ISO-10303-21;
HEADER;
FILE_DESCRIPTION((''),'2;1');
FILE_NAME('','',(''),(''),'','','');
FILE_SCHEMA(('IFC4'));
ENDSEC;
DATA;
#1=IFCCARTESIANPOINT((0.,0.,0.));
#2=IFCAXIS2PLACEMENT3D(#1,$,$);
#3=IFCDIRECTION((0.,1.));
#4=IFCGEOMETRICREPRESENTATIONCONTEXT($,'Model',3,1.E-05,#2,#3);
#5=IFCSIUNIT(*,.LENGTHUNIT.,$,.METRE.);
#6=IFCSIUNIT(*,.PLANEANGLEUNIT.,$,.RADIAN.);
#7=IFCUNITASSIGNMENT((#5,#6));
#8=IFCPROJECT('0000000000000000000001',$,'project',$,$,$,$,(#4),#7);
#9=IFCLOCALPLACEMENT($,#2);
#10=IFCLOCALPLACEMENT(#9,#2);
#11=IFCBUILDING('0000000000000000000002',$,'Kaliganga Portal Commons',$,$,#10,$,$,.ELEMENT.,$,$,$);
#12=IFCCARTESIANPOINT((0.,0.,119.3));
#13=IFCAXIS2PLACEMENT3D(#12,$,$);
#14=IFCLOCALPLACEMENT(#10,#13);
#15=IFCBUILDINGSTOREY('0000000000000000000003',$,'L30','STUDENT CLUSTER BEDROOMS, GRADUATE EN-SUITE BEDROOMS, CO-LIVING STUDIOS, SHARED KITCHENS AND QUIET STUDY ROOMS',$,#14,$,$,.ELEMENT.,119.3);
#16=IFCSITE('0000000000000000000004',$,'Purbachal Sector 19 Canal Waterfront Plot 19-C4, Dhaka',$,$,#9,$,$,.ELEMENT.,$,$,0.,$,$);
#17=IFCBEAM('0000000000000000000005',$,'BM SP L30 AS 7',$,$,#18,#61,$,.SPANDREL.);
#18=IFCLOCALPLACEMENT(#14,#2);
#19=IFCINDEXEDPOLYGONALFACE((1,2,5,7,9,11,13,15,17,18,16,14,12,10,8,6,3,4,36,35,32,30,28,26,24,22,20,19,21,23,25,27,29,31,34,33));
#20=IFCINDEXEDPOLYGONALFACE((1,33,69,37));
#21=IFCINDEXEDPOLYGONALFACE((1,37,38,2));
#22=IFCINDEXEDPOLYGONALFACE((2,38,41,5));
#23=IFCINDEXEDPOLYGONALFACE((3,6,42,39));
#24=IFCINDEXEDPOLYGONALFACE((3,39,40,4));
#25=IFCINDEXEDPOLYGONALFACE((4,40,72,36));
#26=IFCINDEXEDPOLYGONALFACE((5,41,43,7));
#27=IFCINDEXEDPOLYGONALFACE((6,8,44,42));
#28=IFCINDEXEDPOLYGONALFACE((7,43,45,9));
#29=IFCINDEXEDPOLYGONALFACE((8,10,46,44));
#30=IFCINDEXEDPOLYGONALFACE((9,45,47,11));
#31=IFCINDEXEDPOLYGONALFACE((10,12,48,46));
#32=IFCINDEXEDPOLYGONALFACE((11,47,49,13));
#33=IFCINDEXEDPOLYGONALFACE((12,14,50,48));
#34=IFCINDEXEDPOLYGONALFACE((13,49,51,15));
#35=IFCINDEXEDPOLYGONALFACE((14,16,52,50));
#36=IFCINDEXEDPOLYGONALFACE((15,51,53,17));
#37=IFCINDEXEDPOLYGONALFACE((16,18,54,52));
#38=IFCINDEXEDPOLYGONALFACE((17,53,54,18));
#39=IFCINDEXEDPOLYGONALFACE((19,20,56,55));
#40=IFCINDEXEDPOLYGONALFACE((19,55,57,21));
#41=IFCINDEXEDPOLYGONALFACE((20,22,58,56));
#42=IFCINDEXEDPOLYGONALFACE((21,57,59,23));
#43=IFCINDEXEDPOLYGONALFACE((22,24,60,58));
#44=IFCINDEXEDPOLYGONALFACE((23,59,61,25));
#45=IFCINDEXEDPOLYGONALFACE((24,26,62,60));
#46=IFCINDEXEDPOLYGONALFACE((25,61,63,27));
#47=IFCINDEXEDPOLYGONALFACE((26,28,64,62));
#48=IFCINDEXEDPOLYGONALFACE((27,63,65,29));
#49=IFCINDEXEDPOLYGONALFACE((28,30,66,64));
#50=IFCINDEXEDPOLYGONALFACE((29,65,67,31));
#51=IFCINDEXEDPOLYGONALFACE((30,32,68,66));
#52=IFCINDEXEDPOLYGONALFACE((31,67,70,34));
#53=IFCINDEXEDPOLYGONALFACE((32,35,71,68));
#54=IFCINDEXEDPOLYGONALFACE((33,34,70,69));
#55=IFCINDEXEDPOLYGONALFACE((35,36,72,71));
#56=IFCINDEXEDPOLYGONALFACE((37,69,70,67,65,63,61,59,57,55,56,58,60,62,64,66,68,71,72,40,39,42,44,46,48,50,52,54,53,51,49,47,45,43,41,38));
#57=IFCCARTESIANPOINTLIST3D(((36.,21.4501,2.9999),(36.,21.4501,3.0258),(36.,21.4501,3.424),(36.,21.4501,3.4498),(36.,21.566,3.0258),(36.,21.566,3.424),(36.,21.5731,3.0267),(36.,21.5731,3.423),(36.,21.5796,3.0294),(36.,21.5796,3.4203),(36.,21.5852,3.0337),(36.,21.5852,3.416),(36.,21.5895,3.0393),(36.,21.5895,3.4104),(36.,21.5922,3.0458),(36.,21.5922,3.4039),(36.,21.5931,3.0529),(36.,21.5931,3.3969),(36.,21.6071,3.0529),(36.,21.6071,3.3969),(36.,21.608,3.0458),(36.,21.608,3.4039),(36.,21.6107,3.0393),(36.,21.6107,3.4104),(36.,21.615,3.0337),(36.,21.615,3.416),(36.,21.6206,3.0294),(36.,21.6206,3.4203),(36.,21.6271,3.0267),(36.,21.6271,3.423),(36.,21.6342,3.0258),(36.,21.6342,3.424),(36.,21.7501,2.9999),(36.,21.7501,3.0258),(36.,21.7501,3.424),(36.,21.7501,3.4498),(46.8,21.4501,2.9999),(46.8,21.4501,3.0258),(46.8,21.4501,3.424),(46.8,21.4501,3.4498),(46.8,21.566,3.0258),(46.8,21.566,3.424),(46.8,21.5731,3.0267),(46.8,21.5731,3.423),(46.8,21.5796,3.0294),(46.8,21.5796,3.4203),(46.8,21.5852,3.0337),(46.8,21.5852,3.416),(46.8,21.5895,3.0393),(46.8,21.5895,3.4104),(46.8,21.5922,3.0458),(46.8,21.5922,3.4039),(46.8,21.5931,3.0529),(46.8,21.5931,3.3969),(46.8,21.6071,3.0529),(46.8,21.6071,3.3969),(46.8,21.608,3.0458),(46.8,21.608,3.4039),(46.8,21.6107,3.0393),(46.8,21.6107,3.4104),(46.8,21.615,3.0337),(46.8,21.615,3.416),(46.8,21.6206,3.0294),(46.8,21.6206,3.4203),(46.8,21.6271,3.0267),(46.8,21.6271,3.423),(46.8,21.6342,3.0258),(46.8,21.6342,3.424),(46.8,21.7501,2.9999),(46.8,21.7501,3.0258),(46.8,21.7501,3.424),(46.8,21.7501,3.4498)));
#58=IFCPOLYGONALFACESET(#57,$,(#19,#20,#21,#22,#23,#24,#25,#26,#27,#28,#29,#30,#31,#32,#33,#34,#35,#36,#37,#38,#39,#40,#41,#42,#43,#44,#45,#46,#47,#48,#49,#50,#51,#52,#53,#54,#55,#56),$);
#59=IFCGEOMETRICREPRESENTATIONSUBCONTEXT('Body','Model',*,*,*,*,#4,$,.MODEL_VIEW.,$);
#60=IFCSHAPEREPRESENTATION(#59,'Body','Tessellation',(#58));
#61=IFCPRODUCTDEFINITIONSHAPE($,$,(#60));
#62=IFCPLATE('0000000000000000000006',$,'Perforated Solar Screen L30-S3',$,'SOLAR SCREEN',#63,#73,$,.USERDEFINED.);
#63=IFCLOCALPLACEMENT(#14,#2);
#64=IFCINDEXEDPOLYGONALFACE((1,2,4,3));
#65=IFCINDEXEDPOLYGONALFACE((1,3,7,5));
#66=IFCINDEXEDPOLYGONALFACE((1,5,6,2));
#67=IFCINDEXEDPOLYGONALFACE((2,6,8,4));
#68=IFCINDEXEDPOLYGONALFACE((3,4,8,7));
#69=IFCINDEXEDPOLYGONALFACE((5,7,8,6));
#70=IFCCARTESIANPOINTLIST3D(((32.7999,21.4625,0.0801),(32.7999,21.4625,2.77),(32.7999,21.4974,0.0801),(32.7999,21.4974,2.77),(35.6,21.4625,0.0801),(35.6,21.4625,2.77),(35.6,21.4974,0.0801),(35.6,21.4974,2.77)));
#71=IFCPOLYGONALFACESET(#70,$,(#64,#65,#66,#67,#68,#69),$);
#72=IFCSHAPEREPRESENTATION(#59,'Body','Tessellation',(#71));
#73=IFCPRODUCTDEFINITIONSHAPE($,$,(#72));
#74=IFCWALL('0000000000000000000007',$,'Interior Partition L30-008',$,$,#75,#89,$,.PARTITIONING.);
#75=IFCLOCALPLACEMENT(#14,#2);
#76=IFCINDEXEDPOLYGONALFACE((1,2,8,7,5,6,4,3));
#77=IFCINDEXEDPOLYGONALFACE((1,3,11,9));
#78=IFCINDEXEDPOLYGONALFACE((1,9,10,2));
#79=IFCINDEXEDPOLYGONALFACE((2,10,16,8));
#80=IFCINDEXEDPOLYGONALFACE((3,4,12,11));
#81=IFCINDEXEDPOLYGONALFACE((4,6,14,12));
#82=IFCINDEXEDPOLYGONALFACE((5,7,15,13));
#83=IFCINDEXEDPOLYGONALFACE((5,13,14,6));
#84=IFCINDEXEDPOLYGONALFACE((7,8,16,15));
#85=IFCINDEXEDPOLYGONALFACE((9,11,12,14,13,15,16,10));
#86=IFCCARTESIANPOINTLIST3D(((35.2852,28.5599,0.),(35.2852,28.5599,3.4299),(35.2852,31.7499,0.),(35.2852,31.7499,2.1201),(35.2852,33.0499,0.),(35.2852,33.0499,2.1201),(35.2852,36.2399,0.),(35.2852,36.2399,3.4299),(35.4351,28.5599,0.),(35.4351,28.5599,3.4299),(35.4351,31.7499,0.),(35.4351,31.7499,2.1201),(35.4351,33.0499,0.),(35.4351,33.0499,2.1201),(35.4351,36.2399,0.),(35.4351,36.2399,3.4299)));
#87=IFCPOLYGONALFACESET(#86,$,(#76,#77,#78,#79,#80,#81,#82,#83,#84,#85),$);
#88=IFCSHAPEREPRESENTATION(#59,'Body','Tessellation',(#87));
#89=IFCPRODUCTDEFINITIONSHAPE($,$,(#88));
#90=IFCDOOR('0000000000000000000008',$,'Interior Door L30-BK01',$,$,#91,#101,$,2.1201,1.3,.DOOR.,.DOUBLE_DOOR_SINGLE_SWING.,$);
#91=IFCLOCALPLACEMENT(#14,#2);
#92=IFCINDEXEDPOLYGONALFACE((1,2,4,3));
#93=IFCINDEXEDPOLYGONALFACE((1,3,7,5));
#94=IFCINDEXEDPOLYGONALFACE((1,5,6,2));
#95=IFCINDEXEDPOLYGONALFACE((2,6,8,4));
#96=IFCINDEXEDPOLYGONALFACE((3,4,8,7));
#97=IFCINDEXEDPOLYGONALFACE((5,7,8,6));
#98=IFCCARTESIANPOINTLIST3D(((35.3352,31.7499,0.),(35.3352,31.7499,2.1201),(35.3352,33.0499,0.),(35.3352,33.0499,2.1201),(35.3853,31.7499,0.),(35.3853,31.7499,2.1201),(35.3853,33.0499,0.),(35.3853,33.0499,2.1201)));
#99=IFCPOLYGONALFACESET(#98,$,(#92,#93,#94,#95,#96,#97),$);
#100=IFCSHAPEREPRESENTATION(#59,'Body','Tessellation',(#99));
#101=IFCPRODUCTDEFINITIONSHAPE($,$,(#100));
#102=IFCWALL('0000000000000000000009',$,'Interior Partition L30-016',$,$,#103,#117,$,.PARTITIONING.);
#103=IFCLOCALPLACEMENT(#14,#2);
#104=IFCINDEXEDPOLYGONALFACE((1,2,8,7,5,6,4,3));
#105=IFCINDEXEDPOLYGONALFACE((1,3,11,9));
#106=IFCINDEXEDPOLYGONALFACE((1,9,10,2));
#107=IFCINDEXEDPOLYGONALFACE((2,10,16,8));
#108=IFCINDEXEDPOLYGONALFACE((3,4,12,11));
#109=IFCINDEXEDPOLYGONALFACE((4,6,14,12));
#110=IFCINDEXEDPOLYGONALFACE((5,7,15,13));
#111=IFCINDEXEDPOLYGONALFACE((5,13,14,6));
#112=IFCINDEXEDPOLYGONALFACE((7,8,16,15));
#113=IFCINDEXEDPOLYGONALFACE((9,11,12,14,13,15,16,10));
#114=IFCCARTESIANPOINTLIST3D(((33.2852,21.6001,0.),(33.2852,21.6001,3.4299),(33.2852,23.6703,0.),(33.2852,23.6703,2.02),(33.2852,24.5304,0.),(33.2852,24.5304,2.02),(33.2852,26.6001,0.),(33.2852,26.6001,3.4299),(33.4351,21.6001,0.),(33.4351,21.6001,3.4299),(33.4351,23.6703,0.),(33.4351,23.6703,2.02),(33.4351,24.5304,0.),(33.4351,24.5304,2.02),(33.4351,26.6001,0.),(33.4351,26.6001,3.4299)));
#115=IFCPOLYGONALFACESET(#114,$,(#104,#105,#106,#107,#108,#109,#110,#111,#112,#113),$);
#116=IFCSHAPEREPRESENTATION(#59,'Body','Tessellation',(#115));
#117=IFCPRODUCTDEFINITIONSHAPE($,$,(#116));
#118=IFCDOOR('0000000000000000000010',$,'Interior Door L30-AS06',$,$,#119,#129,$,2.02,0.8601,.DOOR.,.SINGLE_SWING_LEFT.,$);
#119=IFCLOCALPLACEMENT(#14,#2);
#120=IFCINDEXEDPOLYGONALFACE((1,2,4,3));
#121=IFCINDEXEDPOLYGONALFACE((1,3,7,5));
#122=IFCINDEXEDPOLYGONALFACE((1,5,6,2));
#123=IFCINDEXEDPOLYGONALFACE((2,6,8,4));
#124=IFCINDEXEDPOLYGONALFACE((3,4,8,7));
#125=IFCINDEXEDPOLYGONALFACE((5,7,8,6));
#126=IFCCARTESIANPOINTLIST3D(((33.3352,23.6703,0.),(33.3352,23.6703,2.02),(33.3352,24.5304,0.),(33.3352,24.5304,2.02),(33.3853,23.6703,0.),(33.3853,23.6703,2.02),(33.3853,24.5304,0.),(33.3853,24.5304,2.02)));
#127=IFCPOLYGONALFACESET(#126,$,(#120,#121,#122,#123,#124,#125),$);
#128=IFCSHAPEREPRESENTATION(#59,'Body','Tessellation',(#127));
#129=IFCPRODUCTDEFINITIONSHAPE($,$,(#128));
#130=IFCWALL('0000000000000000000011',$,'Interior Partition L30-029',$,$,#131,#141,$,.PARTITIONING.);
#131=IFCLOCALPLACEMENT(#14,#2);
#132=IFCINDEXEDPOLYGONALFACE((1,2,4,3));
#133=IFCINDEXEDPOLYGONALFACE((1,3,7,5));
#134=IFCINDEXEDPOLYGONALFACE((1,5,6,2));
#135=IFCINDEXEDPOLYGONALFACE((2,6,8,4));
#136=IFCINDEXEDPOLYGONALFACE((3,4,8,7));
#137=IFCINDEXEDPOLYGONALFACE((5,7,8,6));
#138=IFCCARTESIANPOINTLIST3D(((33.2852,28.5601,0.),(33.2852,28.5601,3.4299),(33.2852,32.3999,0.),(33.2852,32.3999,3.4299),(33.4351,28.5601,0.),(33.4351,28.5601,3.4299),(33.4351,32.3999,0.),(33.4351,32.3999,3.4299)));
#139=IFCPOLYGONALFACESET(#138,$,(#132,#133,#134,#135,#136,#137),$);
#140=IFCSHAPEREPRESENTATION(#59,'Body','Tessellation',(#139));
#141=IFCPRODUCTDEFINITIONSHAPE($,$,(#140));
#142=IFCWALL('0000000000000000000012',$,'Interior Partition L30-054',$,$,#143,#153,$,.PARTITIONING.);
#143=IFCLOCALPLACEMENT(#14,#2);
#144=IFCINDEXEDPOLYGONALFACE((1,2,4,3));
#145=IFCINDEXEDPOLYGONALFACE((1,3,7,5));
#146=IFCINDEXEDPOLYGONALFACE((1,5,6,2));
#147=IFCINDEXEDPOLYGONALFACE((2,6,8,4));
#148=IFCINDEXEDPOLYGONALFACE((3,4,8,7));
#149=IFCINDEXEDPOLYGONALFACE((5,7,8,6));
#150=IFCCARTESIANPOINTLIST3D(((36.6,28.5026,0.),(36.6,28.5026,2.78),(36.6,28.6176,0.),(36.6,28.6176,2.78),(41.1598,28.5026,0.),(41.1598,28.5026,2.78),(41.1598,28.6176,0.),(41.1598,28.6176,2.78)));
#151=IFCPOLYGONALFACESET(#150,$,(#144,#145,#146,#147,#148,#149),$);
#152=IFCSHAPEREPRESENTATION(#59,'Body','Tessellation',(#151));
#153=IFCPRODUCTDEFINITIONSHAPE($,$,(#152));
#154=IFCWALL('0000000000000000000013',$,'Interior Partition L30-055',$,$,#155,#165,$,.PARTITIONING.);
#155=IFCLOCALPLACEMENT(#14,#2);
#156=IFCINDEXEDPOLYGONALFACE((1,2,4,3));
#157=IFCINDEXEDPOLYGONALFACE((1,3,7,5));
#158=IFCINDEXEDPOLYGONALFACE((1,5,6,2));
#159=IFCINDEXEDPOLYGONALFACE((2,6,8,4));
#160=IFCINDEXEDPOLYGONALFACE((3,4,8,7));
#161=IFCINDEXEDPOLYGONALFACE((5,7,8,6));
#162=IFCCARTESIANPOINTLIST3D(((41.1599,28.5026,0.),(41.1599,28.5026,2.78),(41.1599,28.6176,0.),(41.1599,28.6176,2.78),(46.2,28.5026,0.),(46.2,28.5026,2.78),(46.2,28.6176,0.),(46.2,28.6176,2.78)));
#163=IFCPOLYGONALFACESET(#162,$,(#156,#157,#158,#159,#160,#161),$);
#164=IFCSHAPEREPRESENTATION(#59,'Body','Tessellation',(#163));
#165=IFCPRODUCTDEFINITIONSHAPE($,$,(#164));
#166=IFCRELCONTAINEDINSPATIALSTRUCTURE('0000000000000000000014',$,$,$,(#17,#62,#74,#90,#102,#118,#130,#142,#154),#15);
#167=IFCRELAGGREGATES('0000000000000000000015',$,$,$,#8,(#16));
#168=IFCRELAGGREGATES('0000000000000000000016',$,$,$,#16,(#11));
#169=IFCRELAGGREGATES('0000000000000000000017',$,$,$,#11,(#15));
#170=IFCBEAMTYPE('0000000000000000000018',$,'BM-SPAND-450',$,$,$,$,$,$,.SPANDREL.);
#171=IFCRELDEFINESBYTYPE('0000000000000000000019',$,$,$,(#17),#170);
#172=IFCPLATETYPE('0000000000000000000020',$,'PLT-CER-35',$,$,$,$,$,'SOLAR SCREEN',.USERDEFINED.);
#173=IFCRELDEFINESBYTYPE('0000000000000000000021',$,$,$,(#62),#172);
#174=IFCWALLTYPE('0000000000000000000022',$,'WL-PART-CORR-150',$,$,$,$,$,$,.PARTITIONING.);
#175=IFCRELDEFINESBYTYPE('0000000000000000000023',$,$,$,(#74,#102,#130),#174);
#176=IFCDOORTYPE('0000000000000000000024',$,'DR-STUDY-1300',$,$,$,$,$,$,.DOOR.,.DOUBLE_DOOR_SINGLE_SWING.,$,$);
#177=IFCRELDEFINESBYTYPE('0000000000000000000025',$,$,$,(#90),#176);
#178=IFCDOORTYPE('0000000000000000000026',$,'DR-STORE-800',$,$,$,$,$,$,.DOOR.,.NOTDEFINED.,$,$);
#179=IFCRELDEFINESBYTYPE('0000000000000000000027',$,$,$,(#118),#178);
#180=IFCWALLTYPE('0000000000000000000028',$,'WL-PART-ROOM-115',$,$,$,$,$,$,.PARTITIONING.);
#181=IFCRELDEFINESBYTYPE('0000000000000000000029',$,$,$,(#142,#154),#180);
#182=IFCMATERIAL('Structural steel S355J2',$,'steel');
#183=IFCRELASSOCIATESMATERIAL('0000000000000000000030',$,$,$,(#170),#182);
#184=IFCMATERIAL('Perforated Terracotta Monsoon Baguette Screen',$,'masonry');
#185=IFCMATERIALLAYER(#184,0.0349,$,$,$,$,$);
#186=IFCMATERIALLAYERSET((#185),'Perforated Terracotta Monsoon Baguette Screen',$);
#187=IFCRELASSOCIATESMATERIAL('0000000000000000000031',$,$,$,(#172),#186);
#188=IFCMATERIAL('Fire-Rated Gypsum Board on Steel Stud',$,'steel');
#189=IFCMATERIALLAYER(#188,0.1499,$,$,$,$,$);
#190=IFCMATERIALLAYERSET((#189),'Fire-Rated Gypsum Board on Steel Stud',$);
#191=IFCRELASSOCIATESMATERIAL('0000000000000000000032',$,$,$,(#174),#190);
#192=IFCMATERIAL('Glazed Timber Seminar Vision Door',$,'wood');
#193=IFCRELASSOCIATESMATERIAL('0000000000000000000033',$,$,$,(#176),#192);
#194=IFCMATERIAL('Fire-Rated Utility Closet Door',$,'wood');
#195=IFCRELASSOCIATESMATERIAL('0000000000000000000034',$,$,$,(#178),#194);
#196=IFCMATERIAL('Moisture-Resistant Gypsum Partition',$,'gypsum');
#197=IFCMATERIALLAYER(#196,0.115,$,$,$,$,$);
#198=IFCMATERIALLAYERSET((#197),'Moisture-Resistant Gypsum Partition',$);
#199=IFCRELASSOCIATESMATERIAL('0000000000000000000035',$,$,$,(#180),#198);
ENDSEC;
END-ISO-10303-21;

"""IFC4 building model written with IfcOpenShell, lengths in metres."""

from ifc_helpers import new_model, si_unit, direction, frame, frame_2d, origin, origin_2d, place, context, subcontext, project, spatial, rectangle, i_section, extrude, source, transform, mapped, material, layer, layer_set, material_profile, profile_set, type_object, element, fill, save


model = new_model("IFC4")

# Units and contexts
model_context = context("Model", 3, precision=1e-05, world=origin(), true_north=direction((0.0, 1.0)))
body_context = subcontext(model_context, "Body", "Model", "MODEL_VIEW")
ifc_project = project(units=[si_unit("LENGTHUNIT", "METRE"), si_unit("PLANEANGLEUNIT", "RADIAN")], contexts=[model_context])

# Site, building, storey
site_placement = place(None, origin())
site = spatial("IfcSite", under=ifc_project, at=site_placement, Name="Purbachal Sector 19 Canal Waterfront Plot 19-C4, Dhaka", CompositionType="ELEMENT", RefElevation=0.0)
building_placement = place(site_placement, origin())
building = spatial("IfcBuilding", under=site, at=building_placement, Name="Kaliganga Portal Commons", CompositionType="ELEMENT")
storey_placement = place(building_placement, frame((0.0, 0.0, 119.3)))
storey = spatial("IfcBuildingStorey", under=building, at=storey_placement, Name="L30", Description="STUDENT CLUSTER BEDROOMS, GRADUATE EN-SUITE BEDROOMS, CO-LIVING STUDIOS, SHARED KITCHENS AND QUIET STUDY ROOMS", CompositionType="ELEMENT", Elevation=119.3)

# Beam
ifc_material_1 = material(Name="Structural steel S355J2", Category="steel")
ifc_material_profile_1 = material_profile(ifc_material_1, i_section(OverallWidth=0.3, OverallDepth=0.45, WebThickness=0.0139, FlangeThickness=0.0259, FilletRadius=0.0271, at=origin_2d()), Name="HE 450 B")
ifc_profile_set_1 = profile_set([ifc_material_profile_1], Name="Structural steel S355J2 wide-flange")
beam_type_1 = type_object("IfcBeamType", Name="BM-SPAND-450", PredefinedType="SPANDREL", material=ifc_profile_set_1)
shared_shape_1 = source(origin(), body_context, "Body", "SweptSolid", [
    extrude(i_section(OverallWidth=0.3, OverallDepth=0.45, WebThickness=0.0139, FlangeThickness=0.0259, FilletRadius=0.0271, at=origin_2d()), origin(), (0.0, 0.0, 1.0), 10.8),
])
beam_1_placement = place(storey_placement, frame((36.0, 21.6001, 3.2249), z_axis=(1.0, 0.0, 0.0), x_axis=(0.0, 1.0, 0.0)))
element("IfcBeam", 1, at=beam_1_placement, inside=storey, type_object=beam_type_1, Name="BM SP L30 AS 7", PredefinedType="SPANDREL", context=body_context, shape_type="MappedRepresentation", body=[
    mapped(shared_shape_1, transform((0.0, 0.0, 0.0), x_axis=(1.0, 0.0, 0.0), y_axis=(0.0, 1.0, 0.0), z_axis=(0.0, 0.0, 1.0), scale=1.0)),
])

# Plate
ifc_material_2 = material(Name="Perforated Terracotta Monsoon Baguette Screen", Category="masonry")
ifc_layer_1 = layer(ifc_material_2, 0.0349)
ifc_layer_set_1 = layer_set([ifc_layer_1], Name="Perforated Terracotta Monsoon Baguette Screen")
plate_type = type_object("IfcPlateType", Name="PLT-CER-35", ElementType="SOLAR SCREEN", PredefinedType="USERDEFINED", material=ifc_layer_set_1)
shared_shape_2 = source(origin(), body_context, "Body", "SweptSolid", [
    extrude(rectangle(XDim=2.8, YDim=0.0349, at=origin_2d()), origin(), (0.0, 0.0, 1.0), 2.6899),
])
plate_placement = place(storey_placement, frame((34.2, 21.48, 0.0801), z_axis=(0.0, 0.0, 1.0), x_axis=(1.0, 0.0, 0.0)))
element("IfcPlate", 2, at=plate_placement, inside=storey, type_object=plate_type, Name="Perforated Solar Screen L30-S3", ObjectType="SOLAR SCREEN", PredefinedType="USERDEFINED", context=body_context, shape_type="MappedRepresentation", body=[
    mapped(shared_shape_2, transform((0.0, 0.0, 0.0), x_axis=(1.0, 0.0, 0.0), y_axis=(0.0, 1.0, 0.0), z_axis=(0.0, 0.0, 1.0), scale=1.0)),
])

# Walls, openings, doors
ifc_material_3 = material(Name="Fire-Rated Gypsum Board on Steel Stud", Category="steel")
ifc_layer_2 = layer(ifc_material_3, 0.1499)
ifc_layer_set_2 = layer_set([ifc_layer_2], Name="Fire-Rated Gypsum Board on Steel Stud")
wall_type_1 = type_object("IfcWallType", Name="WL-PART-CORR-150", PredefinedType="PARTITIONING", material=ifc_layer_set_2)
wall_1_placement = place(storey_placement, frame((35.3601, 28.5601, 0.0), z_axis=(0.0, 0.0, 1.0), x_axis=(0.0, 1.0, 0.0)))
wall_1 = element("IfcWall", 3, at=wall_1_placement, inside=storey, type_object=wall_type_1, Name="Interior Partition L30-008", PredefinedType="PARTITIONING", context=body_context, shape_type="SweptSolid", body=[
    extrude(rectangle(XDim=7.6799, YDim=0.1499, at=frame_2d((3.8398, 0.0))), origin(), (0.0, 0.0, 1.0), 3.4299),
])
opening_1_placement = place(wall_1_placement, frame((3.1899, 0.0, 0.0)))
opening_1 = element("IfcOpeningElement", 4, at=opening_1_placement, cuts=wall_1, PredefinedType="OPENING", context=body_context, shape_type="SweptSolid", body=[
    extrude(rectangle(XDim=1.3, YDim=2.1201, at=frame_2d((0.6499, 1.0601))), frame((0.0, 0.085, 0.0), z_axis=(0.0, -1.0, 0.0), x_axis=(1.0, 0.0, 0.0)), (0.0, 0.0, 1.0), 0.1699),
])
ifc_material_4 = material(Name="Glazed Timber Seminar Vision Door", Category="wood")
door_type_1 = type_object("IfcDoorType", Name="DR-STUDY-1300", OperationType="DOUBLE_DOOR_SINGLE_SWING", PredefinedType="DOOR", material=ifc_material_4)
door_1_placement = place(opening_1_placement, origin())
door_1 = element("IfcDoor", 5, at=door_1_placement, inside=storey, type_object=door_type_1, Name="Interior Door L30-BK01", OperationType="DOUBLE_DOOR_SINGLE_SWING", OverallHeight=2.1201, OverallWidth=1.3, PredefinedType="DOOR", context=body_context, shape_type="SweptSolid", body=[
    extrude(rectangle(XDim=1.3, YDim=2.1201, at=frame_2d((0.6499, 1.0601))), frame((0.0, 0.0249, 0.0), z_axis=(0.0, -1.0, 0.0), x_axis=(1.0, 0.0, 0.0)), (0.0, 0.0, 1.0), 0.05),
])
fill(opening_1, door_1)
wall_2_placement = place(storey_placement, frame((33.3601, 21.6001, 0.0), z_axis=(0.0, 0.0, 1.0), x_axis=(0.0, 1.0, 0.0)))
wall_2 = element("IfcWall", 6, at=wall_2_placement, inside=storey, type_object=wall_type_1, Name="Interior Partition L30-016", PredefinedType="PARTITIONING", context=body_context, shape_type="SweptSolid", body=[
    extrude(rectangle(XDim=5.0, YDim=0.1499, at=frame_2d((2.5, 0.0))), origin(), (0.0, 0.0, 1.0), 3.4299),
])
opening_2_placement = place(wall_2_placement, frame((2.0701, 0.0, 0.0)))
opening_2 = element("IfcOpeningElement", 7, at=opening_2_placement, cuts=wall_2, PredefinedType="OPENING", context=body_context, shape_type="SweptSolid", body=[
    extrude(rectangle(XDim=0.8601, YDim=2.02, at=frame_2d((0.4302, 1.01))), frame((0.0, 0.085, 0.0), z_axis=(0.0, -1.0, 0.0), x_axis=(1.0, 0.0, 0.0)), (0.0, 0.0, 1.0), 0.1699),
])
ifc_material_5 = material(Name="Fire-Rated Utility Closet Door", Category="wood")
door_type_2 = type_object("IfcDoorType", Name="DR-STORE-800", OperationType="NOTDEFINED", PredefinedType="DOOR", material=ifc_material_5)
door_2_placement = place(opening_2_placement, origin())
door_2 = element("IfcDoor", 8, at=door_2_placement, inside=storey, type_object=door_type_2, Name="Interior Door L30-AS06", OperationType="SINGLE_SWING_LEFT", OverallHeight=2.02, OverallWidth=0.8601, PredefinedType="DOOR", context=body_context, shape_type="SweptSolid", body=[
    extrude(rectangle(XDim=0.8601, YDim=2.02, at=frame_2d((0.4302, 1.01))), frame((0.0, 0.0249, 0.0), z_axis=(0.0, -1.0, 0.0), x_axis=(1.0, 0.0, 0.0)), (0.0, 0.0, 1.0), 0.05),
])
fill(opening_2, door_2)

# Walls
wall_3_placement = place(storey_placement, frame((33.3601, 28.5601, 0.0), z_axis=(0.0, 0.0, 1.0), x_axis=(0.0, 1.0, 0.0)))
element("IfcWall", 9, at=wall_3_placement, inside=storey, type_object=wall_type_1, Name="Interior Partition L30-029", PredefinedType="PARTITIONING", context=body_context, shape_type="SweptSolid", body=[
    extrude(rectangle(XDim=3.8398, YDim=0.1499, at=frame_2d((1.9199, 0.0))), origin(), (0.0, 0.0, 1.0), 3.4299),
])
ifc_material_6 = material(Name="Moisture-Resistant Gypsum Partition", Category="gypsum")
ifc_layer_3 = layer(ifc_material_6, 0.115)
ifc_layer_set_3 = layer_set([ifc_layer_3], Name="Moisture-Resistant Gypsum Partition")
wall_type_2 = type_object("IfcWallType", Name="WL-PART-ROOM-115", PredefinedType="PARTITIONING", material=ifc_layer_set_3)
wall_4_placement = place(storey_placement, frame((36.6001, 28.5601, 0.0), z_axis=(0.0, 0.0, 1.0), x_axis=(1.0, 0.0, 0.0)))
element("IfcWall", 10, at=wall_4_placement, inside=storey, type_object=wall_type_2, Name="Interior Partition L30-054", PredefinedType="PARTITIONING", context=body_context, shape_type="SweptSolid", body=[
    extrude(rectangle(XDim=4.5598, YDim=0.115, at=frame_2d((2.2798, 0.0))), origin(), (0.0, 0.0, 1.0), 2.78),
])
wall_5_placement = place(storey_placement, frame((41.1599, 28.5601, 0.0), z_axis=(0.0, 0.0, 1.0), x_axis=(1.0, 0.0, 0.0)))
element("IfcWall", 11, at=wall_5_placement, inside=storey, type_object=wall_type_2, Name="Interior Partition L30-055", PredefinedType="PARTITIONING", context=body_context, shape_type="SweptSolid", body=[
    extrude(rectangle(XDim=5.04, YDim=0.115, at=frame_2d((2.52, 0.0))), origin(), (0.0, 0.0, 1.0), 2.78),
])

save(model, "model.ifc")
